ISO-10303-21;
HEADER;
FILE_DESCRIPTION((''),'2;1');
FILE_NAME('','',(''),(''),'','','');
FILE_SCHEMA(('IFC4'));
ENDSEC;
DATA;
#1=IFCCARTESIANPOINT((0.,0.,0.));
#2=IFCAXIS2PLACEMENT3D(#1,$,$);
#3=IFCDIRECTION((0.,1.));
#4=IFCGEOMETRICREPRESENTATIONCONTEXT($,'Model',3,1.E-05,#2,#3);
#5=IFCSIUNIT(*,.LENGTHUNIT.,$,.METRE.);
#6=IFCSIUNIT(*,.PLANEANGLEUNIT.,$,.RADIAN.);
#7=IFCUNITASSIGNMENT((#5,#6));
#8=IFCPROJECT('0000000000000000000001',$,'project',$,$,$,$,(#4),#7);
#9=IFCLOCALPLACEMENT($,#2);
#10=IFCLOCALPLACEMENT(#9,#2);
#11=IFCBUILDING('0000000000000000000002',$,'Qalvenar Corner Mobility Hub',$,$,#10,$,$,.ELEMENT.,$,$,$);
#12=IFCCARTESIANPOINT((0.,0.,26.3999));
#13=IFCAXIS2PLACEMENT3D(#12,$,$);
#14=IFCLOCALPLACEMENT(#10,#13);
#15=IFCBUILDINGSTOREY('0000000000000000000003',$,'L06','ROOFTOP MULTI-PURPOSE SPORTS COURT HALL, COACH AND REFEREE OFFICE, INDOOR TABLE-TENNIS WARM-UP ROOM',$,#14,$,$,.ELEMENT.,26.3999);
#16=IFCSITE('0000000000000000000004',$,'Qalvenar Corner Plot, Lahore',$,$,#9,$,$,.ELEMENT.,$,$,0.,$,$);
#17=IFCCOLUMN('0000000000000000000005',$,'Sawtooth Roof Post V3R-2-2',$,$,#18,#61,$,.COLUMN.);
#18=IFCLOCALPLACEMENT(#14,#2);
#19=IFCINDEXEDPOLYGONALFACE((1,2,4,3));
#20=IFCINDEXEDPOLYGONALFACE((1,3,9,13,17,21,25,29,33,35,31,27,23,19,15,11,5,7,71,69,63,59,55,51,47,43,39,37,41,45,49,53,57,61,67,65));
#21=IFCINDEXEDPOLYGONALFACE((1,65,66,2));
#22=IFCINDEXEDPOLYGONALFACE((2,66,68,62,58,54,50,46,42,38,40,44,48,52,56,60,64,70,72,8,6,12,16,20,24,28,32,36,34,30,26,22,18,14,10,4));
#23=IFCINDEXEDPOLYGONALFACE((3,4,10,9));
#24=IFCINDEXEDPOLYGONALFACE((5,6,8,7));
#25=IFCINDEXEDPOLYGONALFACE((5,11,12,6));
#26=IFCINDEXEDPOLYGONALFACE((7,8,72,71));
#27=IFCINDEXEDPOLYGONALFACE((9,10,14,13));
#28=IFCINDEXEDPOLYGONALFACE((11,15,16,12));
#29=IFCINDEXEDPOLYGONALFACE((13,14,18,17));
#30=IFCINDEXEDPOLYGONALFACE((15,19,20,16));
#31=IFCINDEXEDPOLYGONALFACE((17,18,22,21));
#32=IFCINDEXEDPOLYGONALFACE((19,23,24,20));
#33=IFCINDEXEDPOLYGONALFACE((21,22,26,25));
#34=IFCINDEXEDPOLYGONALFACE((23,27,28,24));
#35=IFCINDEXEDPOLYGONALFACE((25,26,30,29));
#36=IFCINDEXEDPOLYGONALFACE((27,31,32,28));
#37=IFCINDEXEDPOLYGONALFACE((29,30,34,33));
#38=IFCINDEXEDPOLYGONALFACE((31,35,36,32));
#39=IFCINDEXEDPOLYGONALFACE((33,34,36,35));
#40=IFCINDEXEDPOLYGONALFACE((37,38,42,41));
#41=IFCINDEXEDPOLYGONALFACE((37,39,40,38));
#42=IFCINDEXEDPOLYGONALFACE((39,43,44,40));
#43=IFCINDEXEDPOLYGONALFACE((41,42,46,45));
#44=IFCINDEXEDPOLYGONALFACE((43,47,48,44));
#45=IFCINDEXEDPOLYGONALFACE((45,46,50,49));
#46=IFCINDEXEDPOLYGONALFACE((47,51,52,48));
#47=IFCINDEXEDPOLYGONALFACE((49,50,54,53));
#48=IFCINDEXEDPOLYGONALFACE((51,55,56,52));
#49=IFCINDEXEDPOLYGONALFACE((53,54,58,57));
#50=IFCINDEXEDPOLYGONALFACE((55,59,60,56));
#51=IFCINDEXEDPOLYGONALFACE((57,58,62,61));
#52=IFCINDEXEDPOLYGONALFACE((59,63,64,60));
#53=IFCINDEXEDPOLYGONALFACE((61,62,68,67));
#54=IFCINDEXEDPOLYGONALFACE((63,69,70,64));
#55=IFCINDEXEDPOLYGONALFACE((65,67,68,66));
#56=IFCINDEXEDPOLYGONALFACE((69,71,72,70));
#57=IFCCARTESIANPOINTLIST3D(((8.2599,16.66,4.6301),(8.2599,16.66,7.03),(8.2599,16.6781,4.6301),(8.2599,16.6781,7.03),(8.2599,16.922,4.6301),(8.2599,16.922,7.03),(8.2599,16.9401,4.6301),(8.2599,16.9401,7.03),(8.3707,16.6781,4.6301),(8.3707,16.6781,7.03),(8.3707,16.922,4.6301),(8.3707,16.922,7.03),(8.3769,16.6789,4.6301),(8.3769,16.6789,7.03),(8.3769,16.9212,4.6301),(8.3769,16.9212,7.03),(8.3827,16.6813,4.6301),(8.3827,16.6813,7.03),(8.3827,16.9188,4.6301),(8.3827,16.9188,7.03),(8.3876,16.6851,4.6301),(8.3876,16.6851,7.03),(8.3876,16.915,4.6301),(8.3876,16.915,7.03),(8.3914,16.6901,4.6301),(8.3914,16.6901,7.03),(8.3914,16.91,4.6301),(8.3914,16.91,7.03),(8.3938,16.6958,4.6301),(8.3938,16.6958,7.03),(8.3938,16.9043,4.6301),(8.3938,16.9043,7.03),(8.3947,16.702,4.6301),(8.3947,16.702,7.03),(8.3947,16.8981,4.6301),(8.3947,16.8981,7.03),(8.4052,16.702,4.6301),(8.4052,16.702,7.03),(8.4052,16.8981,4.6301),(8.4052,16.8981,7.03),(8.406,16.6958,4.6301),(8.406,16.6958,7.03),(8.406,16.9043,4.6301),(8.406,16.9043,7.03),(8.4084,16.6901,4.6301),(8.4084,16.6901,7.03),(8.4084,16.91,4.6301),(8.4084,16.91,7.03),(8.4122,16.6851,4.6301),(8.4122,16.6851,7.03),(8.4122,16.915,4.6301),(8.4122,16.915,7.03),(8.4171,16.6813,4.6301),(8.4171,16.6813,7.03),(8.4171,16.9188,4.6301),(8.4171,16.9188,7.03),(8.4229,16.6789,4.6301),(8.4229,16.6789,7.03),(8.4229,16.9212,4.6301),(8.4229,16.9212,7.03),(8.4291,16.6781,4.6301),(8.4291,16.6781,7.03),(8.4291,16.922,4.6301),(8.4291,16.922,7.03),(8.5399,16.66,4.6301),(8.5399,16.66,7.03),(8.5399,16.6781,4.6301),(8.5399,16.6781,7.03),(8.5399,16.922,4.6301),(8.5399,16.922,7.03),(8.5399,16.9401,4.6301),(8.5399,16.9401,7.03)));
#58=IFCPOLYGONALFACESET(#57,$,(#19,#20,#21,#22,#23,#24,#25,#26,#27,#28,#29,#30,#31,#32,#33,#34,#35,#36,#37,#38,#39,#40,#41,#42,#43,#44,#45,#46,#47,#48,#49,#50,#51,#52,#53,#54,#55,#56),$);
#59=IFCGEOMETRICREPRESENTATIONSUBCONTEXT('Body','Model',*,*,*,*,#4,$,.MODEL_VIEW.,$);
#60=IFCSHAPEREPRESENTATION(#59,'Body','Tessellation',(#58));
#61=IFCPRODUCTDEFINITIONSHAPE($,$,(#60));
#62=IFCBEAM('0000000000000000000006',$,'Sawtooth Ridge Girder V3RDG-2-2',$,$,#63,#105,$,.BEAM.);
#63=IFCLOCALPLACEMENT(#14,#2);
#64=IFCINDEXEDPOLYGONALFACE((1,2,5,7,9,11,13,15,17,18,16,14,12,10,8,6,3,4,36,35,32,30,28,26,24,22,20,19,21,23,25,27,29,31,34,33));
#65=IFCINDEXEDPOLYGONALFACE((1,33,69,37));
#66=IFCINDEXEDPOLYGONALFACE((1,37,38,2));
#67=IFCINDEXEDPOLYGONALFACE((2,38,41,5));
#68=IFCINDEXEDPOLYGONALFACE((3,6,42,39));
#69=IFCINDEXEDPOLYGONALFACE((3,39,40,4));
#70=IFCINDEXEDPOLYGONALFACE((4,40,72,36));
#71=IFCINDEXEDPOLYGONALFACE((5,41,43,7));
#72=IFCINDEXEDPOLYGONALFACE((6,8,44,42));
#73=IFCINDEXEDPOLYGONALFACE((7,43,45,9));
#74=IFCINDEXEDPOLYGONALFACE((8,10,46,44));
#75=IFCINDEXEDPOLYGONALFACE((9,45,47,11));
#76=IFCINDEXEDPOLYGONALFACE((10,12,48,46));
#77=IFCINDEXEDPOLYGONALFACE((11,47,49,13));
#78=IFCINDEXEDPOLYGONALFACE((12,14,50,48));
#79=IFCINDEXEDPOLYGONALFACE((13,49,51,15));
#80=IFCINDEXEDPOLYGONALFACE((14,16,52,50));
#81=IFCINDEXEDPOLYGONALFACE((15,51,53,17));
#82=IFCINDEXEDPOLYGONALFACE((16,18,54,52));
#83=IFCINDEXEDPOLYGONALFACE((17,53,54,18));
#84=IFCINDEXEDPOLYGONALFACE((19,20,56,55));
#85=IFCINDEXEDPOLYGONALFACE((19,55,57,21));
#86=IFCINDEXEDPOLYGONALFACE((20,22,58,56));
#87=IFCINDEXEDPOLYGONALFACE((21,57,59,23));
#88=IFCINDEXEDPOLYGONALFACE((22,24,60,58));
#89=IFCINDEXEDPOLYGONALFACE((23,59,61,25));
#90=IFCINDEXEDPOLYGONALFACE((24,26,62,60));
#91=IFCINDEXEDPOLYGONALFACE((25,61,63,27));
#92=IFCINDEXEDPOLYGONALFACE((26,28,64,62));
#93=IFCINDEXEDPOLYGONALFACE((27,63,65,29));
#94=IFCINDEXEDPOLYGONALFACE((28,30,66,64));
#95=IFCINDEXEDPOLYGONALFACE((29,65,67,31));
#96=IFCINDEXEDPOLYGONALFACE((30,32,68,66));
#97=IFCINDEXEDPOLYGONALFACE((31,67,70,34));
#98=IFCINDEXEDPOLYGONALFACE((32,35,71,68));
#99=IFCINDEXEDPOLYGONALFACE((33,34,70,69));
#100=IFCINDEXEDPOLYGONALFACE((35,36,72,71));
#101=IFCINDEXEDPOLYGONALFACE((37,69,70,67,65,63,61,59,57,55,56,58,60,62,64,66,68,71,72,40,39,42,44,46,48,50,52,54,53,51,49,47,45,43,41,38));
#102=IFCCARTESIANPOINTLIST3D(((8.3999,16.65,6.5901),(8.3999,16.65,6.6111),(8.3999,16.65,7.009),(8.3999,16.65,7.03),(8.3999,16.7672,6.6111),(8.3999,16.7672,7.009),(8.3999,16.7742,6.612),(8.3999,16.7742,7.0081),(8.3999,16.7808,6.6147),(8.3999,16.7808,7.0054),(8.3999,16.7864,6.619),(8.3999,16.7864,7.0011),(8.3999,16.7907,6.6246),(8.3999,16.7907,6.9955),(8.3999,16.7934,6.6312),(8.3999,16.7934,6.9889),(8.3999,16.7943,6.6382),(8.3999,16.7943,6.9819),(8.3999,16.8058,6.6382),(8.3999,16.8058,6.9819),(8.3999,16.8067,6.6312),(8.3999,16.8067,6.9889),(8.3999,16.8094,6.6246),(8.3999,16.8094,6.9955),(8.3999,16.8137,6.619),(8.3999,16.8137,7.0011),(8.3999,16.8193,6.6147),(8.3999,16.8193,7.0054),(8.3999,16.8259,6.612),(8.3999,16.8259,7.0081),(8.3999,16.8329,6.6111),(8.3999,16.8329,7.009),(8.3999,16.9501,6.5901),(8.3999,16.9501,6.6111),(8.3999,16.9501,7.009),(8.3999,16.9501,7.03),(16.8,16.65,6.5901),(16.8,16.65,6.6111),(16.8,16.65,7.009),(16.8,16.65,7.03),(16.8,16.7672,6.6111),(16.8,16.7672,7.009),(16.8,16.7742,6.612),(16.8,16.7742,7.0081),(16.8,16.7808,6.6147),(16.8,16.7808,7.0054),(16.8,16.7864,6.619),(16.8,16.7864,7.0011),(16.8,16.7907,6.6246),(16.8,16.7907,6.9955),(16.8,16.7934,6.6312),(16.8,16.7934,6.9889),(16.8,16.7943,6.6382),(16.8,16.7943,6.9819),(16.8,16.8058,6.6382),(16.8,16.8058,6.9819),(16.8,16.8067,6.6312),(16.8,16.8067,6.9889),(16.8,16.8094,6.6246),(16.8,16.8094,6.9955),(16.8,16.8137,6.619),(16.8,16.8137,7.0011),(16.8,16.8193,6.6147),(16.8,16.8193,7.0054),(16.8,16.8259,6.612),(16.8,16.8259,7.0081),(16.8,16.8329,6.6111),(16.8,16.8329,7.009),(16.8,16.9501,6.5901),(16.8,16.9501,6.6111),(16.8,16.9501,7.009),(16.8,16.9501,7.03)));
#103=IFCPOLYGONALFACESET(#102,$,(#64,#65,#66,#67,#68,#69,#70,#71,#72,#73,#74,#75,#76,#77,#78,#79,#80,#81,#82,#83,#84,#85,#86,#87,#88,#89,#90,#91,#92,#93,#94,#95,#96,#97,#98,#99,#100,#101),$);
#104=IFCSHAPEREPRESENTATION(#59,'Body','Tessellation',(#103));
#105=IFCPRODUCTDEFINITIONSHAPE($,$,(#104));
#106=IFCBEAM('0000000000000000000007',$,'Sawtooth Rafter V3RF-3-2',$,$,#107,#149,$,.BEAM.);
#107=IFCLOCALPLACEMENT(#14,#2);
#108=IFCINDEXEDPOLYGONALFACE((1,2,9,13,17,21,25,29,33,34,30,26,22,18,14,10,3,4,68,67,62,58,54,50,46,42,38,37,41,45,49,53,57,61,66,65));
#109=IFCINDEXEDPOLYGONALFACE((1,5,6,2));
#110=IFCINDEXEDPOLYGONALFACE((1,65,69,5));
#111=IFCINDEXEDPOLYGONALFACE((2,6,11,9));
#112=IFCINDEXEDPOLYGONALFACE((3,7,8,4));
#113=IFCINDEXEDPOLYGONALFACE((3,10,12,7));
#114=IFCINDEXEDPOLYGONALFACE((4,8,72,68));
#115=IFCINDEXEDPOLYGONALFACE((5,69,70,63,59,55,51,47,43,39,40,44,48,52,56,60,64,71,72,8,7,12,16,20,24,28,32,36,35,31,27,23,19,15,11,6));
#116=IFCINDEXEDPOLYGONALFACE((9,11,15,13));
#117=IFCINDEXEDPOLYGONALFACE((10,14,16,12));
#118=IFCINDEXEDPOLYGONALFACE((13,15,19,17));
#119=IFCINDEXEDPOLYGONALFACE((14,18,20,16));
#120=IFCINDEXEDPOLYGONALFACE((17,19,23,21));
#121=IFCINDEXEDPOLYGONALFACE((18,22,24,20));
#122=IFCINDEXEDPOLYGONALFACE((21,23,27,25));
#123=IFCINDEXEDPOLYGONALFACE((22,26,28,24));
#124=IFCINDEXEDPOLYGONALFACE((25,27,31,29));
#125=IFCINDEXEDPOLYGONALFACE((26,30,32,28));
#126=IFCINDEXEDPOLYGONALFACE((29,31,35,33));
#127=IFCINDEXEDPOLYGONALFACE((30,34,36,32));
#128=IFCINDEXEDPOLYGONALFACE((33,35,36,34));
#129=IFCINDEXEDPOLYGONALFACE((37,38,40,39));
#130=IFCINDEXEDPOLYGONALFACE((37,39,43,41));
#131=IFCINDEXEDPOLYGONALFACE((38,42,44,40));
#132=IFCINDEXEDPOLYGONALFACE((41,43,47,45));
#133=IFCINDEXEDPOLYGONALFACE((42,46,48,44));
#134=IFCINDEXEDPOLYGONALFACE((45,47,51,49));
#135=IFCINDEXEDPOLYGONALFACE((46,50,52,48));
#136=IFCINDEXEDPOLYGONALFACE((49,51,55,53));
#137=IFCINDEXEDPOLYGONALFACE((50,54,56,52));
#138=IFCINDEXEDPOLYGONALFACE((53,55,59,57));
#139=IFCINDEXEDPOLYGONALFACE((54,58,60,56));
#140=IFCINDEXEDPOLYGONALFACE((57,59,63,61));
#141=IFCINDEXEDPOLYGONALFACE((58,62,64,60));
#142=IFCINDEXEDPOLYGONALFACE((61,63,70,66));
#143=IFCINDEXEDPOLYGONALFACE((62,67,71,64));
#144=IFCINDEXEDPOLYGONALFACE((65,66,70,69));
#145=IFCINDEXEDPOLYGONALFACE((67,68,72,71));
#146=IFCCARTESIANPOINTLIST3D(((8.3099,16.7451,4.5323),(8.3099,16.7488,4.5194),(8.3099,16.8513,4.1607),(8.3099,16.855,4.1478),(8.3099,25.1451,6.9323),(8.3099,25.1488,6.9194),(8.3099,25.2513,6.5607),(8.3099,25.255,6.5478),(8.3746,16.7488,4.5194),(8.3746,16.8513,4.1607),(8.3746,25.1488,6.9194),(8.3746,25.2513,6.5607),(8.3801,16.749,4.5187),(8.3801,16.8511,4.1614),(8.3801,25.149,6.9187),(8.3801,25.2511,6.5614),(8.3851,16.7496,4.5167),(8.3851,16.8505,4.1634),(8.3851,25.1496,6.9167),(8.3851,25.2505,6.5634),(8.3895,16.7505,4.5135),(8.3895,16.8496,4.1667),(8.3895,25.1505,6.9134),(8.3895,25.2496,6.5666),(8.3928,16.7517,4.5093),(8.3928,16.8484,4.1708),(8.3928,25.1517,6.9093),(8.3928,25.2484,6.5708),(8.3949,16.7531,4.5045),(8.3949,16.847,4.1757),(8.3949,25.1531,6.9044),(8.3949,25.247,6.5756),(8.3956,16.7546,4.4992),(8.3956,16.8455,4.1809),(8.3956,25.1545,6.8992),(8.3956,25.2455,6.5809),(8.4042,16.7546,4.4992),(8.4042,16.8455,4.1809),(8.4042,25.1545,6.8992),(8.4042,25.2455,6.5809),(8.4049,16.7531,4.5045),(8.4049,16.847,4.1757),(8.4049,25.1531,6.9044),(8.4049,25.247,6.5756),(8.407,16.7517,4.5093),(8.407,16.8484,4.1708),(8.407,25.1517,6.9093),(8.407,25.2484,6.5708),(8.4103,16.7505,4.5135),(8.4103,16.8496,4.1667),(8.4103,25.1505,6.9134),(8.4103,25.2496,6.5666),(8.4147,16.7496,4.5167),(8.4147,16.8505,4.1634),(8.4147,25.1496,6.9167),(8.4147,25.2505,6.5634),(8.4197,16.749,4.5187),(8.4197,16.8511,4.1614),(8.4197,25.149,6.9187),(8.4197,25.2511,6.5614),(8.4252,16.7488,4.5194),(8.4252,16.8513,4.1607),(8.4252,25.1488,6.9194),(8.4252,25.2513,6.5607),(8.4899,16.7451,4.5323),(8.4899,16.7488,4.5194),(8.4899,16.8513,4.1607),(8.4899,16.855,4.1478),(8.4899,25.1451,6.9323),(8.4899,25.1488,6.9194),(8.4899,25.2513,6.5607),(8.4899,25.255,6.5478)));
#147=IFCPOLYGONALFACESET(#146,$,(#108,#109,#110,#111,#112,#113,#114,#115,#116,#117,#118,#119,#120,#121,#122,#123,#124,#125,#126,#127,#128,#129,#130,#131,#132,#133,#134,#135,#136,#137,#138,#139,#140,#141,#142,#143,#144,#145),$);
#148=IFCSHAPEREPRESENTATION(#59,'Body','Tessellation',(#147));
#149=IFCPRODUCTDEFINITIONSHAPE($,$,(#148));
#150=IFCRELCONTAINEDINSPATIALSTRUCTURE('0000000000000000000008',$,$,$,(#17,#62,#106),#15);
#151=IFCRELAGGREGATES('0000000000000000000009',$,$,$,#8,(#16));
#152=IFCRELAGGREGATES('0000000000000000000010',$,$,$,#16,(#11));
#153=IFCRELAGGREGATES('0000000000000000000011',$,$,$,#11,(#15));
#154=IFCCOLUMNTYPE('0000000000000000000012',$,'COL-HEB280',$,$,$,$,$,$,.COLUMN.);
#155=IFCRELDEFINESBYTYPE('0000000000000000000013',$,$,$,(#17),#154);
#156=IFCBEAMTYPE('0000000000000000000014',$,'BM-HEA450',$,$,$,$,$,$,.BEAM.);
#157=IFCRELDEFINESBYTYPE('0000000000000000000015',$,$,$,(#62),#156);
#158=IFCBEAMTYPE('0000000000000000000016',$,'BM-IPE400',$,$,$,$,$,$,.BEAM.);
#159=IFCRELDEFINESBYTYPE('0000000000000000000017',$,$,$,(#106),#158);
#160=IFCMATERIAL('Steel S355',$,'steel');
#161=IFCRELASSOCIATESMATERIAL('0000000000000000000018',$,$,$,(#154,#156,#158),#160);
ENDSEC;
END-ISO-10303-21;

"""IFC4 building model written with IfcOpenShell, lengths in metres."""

from ifc_helpers import new_model, si_unit, direction, frame, origin, origin_2d, place, context, subcontext, project, spatial, i_section, extrude, material, material_profile, profile_set, type_object, element, save


model = new_model("IFC4")

# Units and contexts
model_context = context("Model", 3, precision=1e-05, world=origin(), true_north=direction((0.0, 1.0)))
body_context = subcontext(model_context, "Body", "Model", "MODEL_VIEW")
ifc_project = project(units=[si_unit("LENGTHUNIT", "METRE"), si_unit("PLANEANGLEUNIT", "RADIAN")], contexts=[model_context])

# Site, building, storey
site_placement = place(None, origin())
site = spatial("IfcSite", under=ifc_project, at=site_placement, Name="Qalvenar Corner Plot, Lahore", CompositionType="ELEMENT", RefElevation=0.0)
building_placement = place(site_placement, origin())
building = spatial("IfcBuilding", under=site, at=building_placement, Name="Qalvenar Corner Mobility Hub", CompositionType="ELEMENT")
storey_placement = place(building_placement, frame((0.0, 0.0, 26.3999)))
storey = spatial("IfcBuildingStorey", under=building, at=storey_placement, Name="L06", Description="ROOFTOP MULTI-PURPOSE SPORTS COURT HALL, COACH AND REFEREE OFFICE, INDOOR TABLE-TENNIS WARM-UP ROOM", CompositionType="ELEMENT", Elevation=26.3999)

# Column
ifc_material_1 = material(Name="Steel S355", Category="steel")
ifc_material_profile_1 = material_profile(ifc_material_1, i_section(OverallWidth=0.28, OverallDepth=0.28, WebThickness=0.0105, FlangeThickness=0.0181, FilletRadius=0.0239, at=origin_2d()), Name="HEB280")
ifc_profile_set_1 = profile_set([ifc_material_profile_1], Name="Steel S355")
column_type = type_object("IfcColumnType", Name="COL-HEB280", PredefinedType="COLUMN", material=ifc_profile_set_1)
column_placement = place(storey_placement, frame((8.3999, 16.8, 4.6301), z_axis=(0.0, 0.0, 1.0), x_axis=(1.0, 0.0, 0.0)))
element("IfcColumn", 1, at=column_placement, inside=storey, type_object=column_type, Name="Sawtooth Roof Post V3R-2-2", PredefinedType="COLUMN", context=body_context, shape_type="SweptSolid", body=[
    extrude(i_section(OverallWidth=0.28, OverallDepth=0.28, WebThickness=0.0105, FlangeThickness=0.0181, FilletRadius=0.0239, at=origin_2d()), origin(), (0.0, 0.0, 1.0), 2.3999),
])

# Beams
ifc_material_profile_2 = material_profile(ifc_material_1, i_section(OverallWidth=0.3, OverallDepth=0.4399, WebThickness=0.0115, FlangeThickness=0.021, FilletRadius=0.0271, at=origin_2d()), Name="HEA450")
ifc_profile_set_2 = profile_set([ifc_material_profile_2], Name="Steel S355")
beam_type_1 = type_object("IfcBeamType", Name="BM-HEA450", PredefinedType="BEAM", material=ifc_profile_set_2)
beam_1_placement = place(storey_placement, frame((8.3999, 16.8, 6.8101), z_axis=(1.0, 0.0, 0.0), x_axis=(0.0, 1.0, 0.0)))
element("IfcBeam", 2, at=beam_1_placement, inside=storey, type_object=beam_type_1, Name="Sawtooth Ridge Girder V3RDG-2-2", PredefinedType="BEAM", context=body_context, shape_type="SweptSolid", body=[
    extrude(i_section(OverallWidth=0.3, OverallDepth=0.4399, WebThickness=0.0115, FlangeThickness=0.021, FilletRadius=0.0271, at=origin_2d()), origin(), (0.0, 0.0, 1.0), 8.4001),
])
ifc_material_profile_3 = material_profile(ifc_material_1, i_section(OverallWidth=0.1799, OverallDepth=0.3999, WebThickness=0.0085, FlangeThickness=0.0134, FilletRadius=0.021, at=origin_2d()), Name="IPE400")
ifc_profile_set_3 = profile_set([ifc_material_profile_3], Name="Steel S355")
beam_type_2 = type_object("IfcBeamType", Name="BM-IPE400", PredefinedType="BEAM", material=ifc_profile_set_3)
beam_2_placement = place(storey_placement, frame((8.3999, 16.8, 4.3401), z_axis=(0.0, 0.961526, 0.274714), x_axis=(-1.0, 0.0, 0.0)))
element("IfcBeam", 3, at=beam_2_placement, inside=storey, type_object=beam_type_2, Name="Sawtooth Rafter V3RF-3-2", PredefinedType="BEAM", context=body_context, shape_type="SweptSolid", body=[
    extrude(i_section(OverallWidth=0.1799, OverallDepth=0.3999, WebThickness=0.0085, FlangeThickness=0.0134, FilletRadius=0.021, at=origin_2d()), origin(), (0.0, 0.0, 1.0), 8.7361),
])

save(model, "model.ifc")
